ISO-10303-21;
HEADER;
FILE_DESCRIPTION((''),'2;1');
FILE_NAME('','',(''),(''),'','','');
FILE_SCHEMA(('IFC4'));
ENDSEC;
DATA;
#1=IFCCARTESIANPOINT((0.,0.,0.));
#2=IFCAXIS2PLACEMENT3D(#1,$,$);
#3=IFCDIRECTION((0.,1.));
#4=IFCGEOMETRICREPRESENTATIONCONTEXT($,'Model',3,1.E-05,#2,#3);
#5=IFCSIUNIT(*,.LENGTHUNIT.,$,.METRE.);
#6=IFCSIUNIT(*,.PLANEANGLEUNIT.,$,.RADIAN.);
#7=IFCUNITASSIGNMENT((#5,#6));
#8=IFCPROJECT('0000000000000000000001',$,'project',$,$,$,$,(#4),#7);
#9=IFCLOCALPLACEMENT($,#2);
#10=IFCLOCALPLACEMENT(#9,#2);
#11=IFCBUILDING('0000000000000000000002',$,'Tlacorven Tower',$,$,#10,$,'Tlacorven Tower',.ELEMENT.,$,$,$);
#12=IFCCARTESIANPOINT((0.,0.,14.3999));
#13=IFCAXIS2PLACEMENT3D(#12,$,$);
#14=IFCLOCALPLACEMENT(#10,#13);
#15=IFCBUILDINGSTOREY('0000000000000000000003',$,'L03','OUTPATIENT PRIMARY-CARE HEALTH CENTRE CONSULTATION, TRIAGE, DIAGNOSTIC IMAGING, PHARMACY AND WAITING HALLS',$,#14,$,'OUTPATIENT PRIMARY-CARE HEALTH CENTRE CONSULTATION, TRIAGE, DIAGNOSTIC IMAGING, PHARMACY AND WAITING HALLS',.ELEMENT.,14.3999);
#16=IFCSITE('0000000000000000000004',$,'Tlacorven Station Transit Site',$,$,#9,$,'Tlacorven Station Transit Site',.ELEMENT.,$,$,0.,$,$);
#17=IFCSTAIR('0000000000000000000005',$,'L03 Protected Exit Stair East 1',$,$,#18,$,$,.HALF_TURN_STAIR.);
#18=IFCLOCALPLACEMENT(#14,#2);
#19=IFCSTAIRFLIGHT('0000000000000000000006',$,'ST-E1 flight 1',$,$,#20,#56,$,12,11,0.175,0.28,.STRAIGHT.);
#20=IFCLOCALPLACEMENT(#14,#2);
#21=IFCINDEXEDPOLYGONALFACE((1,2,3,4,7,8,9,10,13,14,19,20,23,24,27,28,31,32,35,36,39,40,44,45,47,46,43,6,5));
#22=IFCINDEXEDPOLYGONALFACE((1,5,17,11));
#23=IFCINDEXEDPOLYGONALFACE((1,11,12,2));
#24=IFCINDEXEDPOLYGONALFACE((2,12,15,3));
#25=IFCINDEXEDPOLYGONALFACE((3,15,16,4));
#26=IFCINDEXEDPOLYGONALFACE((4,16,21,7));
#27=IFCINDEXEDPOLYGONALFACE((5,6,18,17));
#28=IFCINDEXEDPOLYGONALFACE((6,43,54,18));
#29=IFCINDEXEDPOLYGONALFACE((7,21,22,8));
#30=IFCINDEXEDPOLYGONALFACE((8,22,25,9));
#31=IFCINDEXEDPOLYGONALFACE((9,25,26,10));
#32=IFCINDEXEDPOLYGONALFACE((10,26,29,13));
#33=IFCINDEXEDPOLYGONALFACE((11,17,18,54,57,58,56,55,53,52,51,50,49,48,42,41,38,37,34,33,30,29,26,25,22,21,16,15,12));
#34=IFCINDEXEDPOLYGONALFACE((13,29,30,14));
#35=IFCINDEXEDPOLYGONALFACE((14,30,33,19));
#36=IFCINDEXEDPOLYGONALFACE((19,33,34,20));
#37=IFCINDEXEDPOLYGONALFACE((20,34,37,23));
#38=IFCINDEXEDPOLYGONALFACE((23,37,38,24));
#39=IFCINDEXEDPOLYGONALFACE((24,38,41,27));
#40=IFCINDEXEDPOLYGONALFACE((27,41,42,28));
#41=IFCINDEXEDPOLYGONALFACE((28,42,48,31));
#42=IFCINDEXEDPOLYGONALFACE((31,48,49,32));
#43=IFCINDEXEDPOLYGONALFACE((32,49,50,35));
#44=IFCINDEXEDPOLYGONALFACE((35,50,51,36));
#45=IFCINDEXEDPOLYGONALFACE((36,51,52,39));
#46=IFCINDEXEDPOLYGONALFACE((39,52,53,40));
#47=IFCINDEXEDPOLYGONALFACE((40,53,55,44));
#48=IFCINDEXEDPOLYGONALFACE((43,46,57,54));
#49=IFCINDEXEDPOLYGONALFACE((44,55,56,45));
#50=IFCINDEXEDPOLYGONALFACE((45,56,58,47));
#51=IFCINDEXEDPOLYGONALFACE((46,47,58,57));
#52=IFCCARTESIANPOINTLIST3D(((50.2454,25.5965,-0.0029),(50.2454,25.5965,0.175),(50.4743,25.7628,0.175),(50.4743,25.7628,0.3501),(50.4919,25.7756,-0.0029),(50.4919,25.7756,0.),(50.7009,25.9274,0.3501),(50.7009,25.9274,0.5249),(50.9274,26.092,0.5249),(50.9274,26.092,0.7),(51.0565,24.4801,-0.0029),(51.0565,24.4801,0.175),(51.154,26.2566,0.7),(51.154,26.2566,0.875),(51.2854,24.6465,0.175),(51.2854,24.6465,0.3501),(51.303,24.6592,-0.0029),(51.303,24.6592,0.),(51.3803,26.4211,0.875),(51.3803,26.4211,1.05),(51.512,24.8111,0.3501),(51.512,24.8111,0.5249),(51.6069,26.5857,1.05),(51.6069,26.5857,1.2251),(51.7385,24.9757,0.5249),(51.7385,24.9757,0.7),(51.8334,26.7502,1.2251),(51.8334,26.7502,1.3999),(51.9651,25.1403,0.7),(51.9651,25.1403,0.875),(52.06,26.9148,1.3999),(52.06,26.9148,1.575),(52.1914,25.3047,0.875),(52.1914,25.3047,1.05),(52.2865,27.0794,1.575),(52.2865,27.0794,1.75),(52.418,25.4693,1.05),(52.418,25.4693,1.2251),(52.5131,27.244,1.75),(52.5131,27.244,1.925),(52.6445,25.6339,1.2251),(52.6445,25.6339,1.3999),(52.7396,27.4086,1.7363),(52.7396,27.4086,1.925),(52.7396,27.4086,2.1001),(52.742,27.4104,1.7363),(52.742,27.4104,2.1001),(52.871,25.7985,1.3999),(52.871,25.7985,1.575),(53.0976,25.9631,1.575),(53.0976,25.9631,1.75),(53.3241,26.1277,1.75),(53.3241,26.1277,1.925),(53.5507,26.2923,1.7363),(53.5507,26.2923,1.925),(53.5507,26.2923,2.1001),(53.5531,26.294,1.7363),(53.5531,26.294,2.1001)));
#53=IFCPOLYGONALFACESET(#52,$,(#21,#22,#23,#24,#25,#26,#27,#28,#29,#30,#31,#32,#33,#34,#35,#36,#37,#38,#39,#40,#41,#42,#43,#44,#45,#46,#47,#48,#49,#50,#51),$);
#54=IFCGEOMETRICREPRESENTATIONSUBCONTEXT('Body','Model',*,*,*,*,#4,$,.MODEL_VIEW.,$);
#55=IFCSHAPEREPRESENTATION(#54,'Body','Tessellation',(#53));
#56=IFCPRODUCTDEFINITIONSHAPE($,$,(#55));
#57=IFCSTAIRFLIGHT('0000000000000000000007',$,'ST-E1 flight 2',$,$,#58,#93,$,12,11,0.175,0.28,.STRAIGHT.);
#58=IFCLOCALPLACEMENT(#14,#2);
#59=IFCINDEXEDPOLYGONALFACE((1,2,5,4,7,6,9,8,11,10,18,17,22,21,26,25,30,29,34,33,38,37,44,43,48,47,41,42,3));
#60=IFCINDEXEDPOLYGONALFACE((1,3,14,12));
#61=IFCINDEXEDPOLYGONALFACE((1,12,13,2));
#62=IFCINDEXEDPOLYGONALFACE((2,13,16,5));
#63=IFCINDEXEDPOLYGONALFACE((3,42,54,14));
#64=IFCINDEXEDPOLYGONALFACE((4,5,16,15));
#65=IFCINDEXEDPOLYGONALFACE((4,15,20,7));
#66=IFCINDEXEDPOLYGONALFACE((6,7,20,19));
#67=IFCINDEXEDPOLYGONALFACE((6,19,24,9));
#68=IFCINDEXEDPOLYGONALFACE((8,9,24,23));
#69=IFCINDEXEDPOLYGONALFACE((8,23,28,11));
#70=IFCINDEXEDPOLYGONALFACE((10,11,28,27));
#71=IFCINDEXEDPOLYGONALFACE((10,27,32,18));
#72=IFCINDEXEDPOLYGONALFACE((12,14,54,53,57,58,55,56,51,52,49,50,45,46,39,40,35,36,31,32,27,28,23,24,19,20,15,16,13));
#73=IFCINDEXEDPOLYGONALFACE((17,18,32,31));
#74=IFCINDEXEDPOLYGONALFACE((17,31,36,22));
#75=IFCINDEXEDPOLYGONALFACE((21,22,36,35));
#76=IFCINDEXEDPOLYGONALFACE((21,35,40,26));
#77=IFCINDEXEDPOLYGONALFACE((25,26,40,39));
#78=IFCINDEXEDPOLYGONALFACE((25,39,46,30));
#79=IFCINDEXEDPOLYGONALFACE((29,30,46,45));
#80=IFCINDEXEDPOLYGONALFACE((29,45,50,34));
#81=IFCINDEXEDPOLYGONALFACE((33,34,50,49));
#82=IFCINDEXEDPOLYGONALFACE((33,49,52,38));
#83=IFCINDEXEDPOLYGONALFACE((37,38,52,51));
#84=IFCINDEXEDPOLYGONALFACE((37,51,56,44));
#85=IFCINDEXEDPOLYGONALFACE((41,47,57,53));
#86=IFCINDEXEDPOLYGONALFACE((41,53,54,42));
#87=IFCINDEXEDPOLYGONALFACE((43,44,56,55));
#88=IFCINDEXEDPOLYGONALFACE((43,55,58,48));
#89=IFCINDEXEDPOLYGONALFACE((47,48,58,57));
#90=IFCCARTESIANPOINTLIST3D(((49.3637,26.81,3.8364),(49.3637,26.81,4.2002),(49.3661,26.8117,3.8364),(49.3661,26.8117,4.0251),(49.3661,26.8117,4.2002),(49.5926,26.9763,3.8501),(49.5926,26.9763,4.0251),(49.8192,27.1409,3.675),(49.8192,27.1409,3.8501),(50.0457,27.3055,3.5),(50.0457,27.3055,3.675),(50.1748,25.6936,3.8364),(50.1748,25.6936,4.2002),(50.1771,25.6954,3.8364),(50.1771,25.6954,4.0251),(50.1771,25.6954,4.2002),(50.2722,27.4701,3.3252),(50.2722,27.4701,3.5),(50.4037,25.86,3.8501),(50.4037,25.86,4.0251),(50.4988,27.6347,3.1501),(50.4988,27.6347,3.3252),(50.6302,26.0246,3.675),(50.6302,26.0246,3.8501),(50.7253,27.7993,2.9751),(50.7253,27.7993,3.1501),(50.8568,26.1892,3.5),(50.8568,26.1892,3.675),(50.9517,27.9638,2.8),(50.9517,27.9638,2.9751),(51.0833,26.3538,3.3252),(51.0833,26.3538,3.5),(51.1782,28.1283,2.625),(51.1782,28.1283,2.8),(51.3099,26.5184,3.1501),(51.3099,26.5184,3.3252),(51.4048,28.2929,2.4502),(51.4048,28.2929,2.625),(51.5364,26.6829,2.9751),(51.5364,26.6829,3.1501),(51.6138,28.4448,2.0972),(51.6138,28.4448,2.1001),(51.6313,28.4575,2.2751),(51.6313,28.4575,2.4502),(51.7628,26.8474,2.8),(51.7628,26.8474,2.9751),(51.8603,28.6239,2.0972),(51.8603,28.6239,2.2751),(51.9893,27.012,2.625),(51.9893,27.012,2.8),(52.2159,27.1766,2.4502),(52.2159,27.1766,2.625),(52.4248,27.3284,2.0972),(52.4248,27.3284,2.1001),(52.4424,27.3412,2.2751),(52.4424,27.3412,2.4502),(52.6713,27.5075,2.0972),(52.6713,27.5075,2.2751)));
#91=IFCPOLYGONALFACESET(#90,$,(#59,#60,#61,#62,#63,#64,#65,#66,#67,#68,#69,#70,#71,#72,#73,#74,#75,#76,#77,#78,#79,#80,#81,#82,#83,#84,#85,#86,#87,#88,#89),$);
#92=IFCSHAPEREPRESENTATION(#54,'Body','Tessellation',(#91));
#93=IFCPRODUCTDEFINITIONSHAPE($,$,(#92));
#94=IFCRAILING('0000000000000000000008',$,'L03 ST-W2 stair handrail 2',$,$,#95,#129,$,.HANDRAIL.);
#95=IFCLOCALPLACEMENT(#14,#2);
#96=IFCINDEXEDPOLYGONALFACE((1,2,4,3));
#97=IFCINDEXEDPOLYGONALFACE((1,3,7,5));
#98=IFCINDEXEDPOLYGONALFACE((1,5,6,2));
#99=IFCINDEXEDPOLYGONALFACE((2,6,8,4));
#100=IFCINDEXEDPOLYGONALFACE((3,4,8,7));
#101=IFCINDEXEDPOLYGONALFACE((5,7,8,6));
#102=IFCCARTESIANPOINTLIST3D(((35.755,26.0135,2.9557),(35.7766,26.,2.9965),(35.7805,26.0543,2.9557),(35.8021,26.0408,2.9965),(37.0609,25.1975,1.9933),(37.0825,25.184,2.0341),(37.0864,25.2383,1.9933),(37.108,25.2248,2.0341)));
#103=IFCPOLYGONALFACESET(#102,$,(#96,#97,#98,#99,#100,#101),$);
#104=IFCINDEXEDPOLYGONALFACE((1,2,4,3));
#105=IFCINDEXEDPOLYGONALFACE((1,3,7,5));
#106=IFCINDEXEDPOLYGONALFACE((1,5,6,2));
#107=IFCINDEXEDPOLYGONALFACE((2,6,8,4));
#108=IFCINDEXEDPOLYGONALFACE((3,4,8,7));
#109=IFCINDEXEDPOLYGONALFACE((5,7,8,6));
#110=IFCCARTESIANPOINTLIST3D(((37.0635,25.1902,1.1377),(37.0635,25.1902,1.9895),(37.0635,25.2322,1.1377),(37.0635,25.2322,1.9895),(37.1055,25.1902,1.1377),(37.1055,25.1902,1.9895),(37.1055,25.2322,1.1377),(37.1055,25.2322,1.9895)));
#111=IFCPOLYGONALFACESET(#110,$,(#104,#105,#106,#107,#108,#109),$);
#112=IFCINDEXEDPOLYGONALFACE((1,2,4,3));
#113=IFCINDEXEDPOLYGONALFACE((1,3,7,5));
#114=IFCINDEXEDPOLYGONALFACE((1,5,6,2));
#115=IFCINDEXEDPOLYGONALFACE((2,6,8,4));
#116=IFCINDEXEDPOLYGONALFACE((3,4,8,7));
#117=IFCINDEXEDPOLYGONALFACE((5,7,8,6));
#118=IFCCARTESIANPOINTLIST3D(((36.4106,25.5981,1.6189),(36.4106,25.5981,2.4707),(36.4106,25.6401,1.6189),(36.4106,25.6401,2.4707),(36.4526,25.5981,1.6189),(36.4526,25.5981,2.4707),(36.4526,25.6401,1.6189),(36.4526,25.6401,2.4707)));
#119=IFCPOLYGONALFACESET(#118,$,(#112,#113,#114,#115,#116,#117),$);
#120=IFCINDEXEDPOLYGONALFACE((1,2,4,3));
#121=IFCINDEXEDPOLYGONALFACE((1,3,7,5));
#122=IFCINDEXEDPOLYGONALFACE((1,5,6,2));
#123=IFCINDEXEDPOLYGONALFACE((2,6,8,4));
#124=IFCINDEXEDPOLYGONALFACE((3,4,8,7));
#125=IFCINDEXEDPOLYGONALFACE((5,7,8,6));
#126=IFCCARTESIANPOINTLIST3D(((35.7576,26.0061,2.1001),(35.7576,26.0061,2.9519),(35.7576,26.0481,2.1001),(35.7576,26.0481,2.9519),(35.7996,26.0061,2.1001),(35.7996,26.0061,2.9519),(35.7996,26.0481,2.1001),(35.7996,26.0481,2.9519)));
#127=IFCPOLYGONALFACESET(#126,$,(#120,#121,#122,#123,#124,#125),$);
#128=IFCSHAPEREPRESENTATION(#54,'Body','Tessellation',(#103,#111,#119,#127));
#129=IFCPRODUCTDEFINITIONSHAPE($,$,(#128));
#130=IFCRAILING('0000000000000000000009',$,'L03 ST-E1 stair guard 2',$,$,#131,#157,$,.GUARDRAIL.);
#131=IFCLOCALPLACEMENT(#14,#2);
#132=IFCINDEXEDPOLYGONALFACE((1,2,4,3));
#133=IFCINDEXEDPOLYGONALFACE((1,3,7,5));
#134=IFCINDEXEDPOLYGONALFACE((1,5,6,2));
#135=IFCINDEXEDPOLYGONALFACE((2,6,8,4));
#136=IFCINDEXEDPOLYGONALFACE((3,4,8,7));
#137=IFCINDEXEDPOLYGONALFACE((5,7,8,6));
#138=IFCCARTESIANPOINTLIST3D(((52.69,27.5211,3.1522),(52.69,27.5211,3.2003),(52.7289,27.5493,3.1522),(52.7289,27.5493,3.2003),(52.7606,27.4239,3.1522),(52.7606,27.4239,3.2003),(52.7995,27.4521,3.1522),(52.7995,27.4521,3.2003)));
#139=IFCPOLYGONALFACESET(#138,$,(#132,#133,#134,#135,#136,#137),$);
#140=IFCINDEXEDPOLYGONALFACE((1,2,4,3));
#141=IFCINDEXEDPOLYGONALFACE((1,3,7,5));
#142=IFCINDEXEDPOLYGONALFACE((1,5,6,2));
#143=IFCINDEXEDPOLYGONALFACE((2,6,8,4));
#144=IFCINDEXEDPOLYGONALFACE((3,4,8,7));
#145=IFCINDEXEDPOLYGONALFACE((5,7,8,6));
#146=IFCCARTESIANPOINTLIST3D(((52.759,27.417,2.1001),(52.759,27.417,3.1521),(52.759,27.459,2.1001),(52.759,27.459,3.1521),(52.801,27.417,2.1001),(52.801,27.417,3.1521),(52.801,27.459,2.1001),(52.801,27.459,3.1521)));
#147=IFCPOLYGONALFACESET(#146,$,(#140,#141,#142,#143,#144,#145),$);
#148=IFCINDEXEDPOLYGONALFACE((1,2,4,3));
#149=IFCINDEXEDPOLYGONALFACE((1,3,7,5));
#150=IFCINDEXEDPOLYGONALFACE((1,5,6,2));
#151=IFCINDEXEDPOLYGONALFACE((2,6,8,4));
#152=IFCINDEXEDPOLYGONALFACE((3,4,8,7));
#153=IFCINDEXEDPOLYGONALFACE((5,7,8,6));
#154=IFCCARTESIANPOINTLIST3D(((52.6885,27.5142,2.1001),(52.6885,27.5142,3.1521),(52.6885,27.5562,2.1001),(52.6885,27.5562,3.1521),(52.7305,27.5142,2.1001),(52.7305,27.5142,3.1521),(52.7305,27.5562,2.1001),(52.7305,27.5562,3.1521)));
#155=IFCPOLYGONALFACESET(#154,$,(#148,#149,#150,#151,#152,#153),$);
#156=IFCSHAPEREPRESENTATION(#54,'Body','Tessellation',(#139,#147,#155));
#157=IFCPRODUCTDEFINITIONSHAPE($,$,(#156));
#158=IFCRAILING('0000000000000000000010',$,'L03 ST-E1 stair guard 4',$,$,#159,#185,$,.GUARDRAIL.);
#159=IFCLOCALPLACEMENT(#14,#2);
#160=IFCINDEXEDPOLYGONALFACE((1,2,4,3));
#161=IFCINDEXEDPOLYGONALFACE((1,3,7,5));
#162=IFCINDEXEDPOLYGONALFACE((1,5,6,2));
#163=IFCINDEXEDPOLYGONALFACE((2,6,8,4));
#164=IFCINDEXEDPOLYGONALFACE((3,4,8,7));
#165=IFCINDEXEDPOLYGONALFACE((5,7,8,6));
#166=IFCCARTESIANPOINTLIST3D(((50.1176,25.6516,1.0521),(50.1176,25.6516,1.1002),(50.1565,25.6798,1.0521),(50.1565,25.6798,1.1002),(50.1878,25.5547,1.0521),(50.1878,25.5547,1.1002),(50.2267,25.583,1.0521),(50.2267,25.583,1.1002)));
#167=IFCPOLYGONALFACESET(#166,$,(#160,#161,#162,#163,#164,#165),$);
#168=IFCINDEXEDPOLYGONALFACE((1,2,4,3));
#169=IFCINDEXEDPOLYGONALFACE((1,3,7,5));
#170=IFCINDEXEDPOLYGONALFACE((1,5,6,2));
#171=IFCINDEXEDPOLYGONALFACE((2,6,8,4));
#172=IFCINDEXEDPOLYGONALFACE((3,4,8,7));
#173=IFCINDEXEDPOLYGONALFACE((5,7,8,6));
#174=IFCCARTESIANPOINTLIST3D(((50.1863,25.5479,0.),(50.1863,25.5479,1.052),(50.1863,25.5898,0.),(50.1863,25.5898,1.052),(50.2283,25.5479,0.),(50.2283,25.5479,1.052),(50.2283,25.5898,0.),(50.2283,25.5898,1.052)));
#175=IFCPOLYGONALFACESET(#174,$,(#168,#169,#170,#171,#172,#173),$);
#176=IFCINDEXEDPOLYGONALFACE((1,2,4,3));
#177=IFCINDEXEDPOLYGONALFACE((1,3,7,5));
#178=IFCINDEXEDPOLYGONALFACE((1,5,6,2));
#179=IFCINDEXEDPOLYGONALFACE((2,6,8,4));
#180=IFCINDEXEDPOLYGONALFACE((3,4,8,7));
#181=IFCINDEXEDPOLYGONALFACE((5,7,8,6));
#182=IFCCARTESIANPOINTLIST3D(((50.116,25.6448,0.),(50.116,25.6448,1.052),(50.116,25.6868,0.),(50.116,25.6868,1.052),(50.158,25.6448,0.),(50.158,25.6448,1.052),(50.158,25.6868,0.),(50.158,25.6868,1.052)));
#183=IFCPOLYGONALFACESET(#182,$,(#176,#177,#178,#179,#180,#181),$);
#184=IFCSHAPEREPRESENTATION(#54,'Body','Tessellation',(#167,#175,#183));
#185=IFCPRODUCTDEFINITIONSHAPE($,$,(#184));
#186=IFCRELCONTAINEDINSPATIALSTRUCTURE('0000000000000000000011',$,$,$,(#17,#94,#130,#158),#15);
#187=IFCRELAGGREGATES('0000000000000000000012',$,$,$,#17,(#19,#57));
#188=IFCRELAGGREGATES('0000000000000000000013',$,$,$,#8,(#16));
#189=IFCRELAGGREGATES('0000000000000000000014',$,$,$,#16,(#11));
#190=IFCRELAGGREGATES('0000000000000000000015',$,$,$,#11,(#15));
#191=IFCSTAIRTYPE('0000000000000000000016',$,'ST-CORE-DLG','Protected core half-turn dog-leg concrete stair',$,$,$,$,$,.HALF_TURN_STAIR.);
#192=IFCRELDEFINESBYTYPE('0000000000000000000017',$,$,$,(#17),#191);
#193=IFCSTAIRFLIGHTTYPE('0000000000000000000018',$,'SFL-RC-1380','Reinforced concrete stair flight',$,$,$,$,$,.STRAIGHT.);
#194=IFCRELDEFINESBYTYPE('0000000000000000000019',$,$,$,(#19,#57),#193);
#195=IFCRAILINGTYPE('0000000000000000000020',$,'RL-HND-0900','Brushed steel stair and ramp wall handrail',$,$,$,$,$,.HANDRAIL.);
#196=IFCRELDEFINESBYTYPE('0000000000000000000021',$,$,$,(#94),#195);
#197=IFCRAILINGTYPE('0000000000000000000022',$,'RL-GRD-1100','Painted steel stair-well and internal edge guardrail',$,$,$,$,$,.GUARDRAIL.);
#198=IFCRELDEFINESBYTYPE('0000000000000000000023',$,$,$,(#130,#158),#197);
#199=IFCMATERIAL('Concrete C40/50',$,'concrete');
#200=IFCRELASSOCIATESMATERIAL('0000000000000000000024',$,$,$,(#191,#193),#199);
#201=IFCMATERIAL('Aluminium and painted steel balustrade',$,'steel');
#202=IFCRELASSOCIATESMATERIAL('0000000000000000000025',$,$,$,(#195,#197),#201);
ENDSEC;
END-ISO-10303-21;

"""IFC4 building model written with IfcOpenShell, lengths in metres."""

from ifc_helpers import new_model, si_unit, direction, frame, origin, origin_2d, place, context, subcontext, project, spatial, polyline, rectangle, outline, extrude, source, transform, mapped, material, type_object, element, aggregate, save


model = new_model("IFC4")

# Units and contexts
model_context = context("Model", 3, precision=1e-05, world=origin(), true_north=direction((0.0, 1.0)))
body_context = subcontext(model_context, "Body", "Model", "MODEL_VIEW")
ifc_project = project(units=[si_unit("LENGTHUNIT", "METRE"), si_unit("PLANEANGLEUNIT", "RADIAN")], contexts=[model_context])

# Site, building, storey
site_placement = place(None, origin())
site = spatial("IfcSite", under=ifc_project, at=site_placement, Name="Tlacorven Station Transit Site", LongName="Tlacorven Station Transit Site", CompositionType="ELEMENT", RefElevation=0.0)
building_placement = place(site_placement, origin())
building = spatial("IfcBuilding", under=site, at=building_placement, Name="Tlacorven Tower", LongName="Tlacorven Tower", CompositionType="ELEMENT")
storey_placement = place(building_placement, frame((0.0, 0.0, 14.3999)))
storey = spatial("IfcBuildingStorey", under=building, at=storey_placement, Name="L03", Description="OUTPATIENT PRIMARY-CARE HEALTH CENTRE CONSULTATION, TRIAGE, DIAGNOSTIC IMAGING, PHARMACY AND WAITING HALLS", LongName="OUTPATIENT PRIMARY-CARE HEALTH CENTRE CONSULTATION, TRIAGE, DIAGNOSTIC IMAGING, PHARMACY AND WAITING HALLS", CompositionType="ELEMENT", Elevation=14.3999)

# Stair, stair flights
ifc_material_1 = material(Name="Concrete C40/50", Category="concrete")
stair_type = type_object("IfcStairType", Name="ST-CORE-DLG", Description="Protected core half-turn dog-leg concrete stair", PredefinedType="HALF_TURN_STAIR", material=ifc_material_1)
stair_placement = place(storey_placement, origin())
stair = element("IfcStair", 1, at=stair_placement, inside=storey, type_object=stair_type, Name="L03 Protected Exit Stair East 1", PredefinedType="HALF_TURN_STAIR")
stair_flight_type = type_object("IfcStairFlightType", Name="SFL-RC-1380", Description="Reinforced concrete stair flight", PredefinedType="STRAIGHT", material=ifc_material_1)
shared_shape_1 = source(origin(), body_context, "Body", "SweptSolid", [
    extrude(outline(polyline([(-0.0029, -0.0029), (-0.0029, 0.175), (0.28, 0.175), (0.28, 0.3501), (0.5601, 0.3501), (0.5601, 0.5249), (0.8401, 0.5249), (0.8401, 0.7), (1.1201, 0.7), (1.1201, 0.875), (1.3999, 0.875), (1.3999, 1.05), (1.6799, 1.05), (1.6799, 1.2251), (1.96, 1.2251), (1.96, 1.3999), (2.24, 1.3999), (2.24, 1.575), (2.52, 1.575), (2.52, 1.75), (2.8, 1.75), (2.8, 1.925), (3.0801, 1.925), (3.0801, 2.1001), (3.083, 2.1001), (3.083, 1.7363), (3.0801, 1.7363), (0.3018, 0.0), (0.3018, -0.0029), (-0.0029, -0.0029)])), frame((0.0, 0.6899, 0.0), z_axis=(0.0, -1.0, 0.0), x_axis=(1.0, 0.0, 0.0)), (0.0, 0.0, 1.0), 1.3799),
])
stair_flight_1_placement = place(storey_placement, frame((50.6533, 25.04, 0.0), z_axis=(0.0, 0.0, 1.0), x_axis=(0.809017, 0.587785, 0.0)))
stair_flight_1 = element("IfcStairFlight", 2, at=stair_flight_1_placement, type_object=stair_flight_type, Name="ST-E1 flight 1", NumberOfRisers=12, NumberOfTreads=11, PredefinedType="STRAIGHT", RiserHeight=0.175, TreadLength=0.28, context=body_context, shape_type="MappedRepresentation", body=[
    mapped(shared_shape_1, transform((0.0, 0.0, 0.0), scale=1.0)),
])
stair_flight_2_placement = place(storey_placement, frame((52.2634, 28.064, 2.1001), z_axis=(0.0, 0.0, 1.0), x_axis=(-0.809017, -0.587785, 0.0)))
stair_flight_2 = element("IfcStairFlight", 3, at=stair_flight_2_placement, type_object=stair_flight_type, Name="ST-E1 flight 2", NumberOfRisers=12, NumberOfTreads=11, PredefinedType="STRAIGHT", RiserHeight=0.175, TreadLength=0.28, context=body_context, shape_type="MappedRepresentation", body=[
    mapped(shared_shape_1, transform((0.0, 0.0, 0.0), scale=1.0)),
])
aggregate(stair, [stair_flight_1, stair_flight_2])

# Railings
ifc_material_2 = material(Name="Aluminium and painted steel balustrade", Category="steel")
railing_type_1 = type_object("IfcRailingType", Name="RL-HND-0900", Description="Brushed steel stair and ramp wall handrail", PredefinedType="HANDRAIL", material=ifc_material_2)
shared_shape_2 = source(origin(), body_context, "Body", "SweptSolid", [
    extrude(rectangle(XDim=0.0481, YDim=0.0481, at=origin_2d()), frame((0.0, 0.0, 0.876), z_axis=(-0.719169, 0.449329, 0.529999), x_axis=(-0.529871, -0.848078, 0.0)), (0.0, 0.0, 1.0), 1.8159),
    extrude(rectangle(XDim=0.042, YDim=0.042, at=origin_2d()), origin(), (0.0, 0.0, 1.0), 0.8518),
    extrude(rectangle(XDim=0.042, YDim=0.042, at=origin_2d()), frame((-0.6528, 0.408, 0.4812)), (0.0, 0.0, 1.0), 0.8518),
    extrude(rectangle(XDim=0.042, YDim=0.042, at=origin_2d()), frame((-1.3059, 0.8159, 0.9624)), (0.0, 0.0, 1.0), 0.8518),
])
railing_1_placement = place(storey_placement, frame((37.0845, 25.2112, 1.1377)))
element("IfcRailing", 4, at=railing_1_placement, inside=storey, type_object=railing_type_1, Name="L03 ST-W2 stair handrail 2", PredefinedType="HANDRAIL", context=body_context, shape_type="MappedRepresentation", body=[
    mapped(shared_shape_2, transform((0.0, 0.0, 0.0), scale=1.0)),
])
railing_type_2 = type_object("IfcRailingType", Name="RL-GRD-1100", Description="Painted steel stair-well and internal edge guardrail", PredefinedType="GUARDRAIL", material=ifc_material_2)
shared_shape_3 = source(origin(), body_context, "Body", "SweptSolid", [
    extrude(rectangle(XDim=0.0481, YDim=0.0481, at=origin_2d()), frame((0.0, 0.0, 1.0762), z_axis=(-0.587567, 0.809175, 0.0), x_axis=(-0.809175, -0.587567, 0.0)), (0.0, 0.0, 1.0), 0.1201),
    extrude(rectangle(XDim=0.042, YDim=0.042, at=origin_2d()), origin(), (0.0, 0.0, 1.0), 1.052),
    extrude(rectangle(XDim=0.042, YDim=0.042, at=origin_2d()), frame((-0.0706, 0.0972, 0.0)), (0.0, 0.0, 1.0), 1.052),
])
railing_2_placement = place(storey_placement, frame((52.78, 27.438, 2.1001)))
element("IfcRailing", 5, at=railing_2_placement, inside=storey, type_object=railing_type_2, Name="L03 ST-E1 stair guard 2", PredefinedType="GUARDRAIL", context=body_context, shape_type="MappedRepresentation", body=[
    mapped(shared_shape_3, transform((0.0, 0.0, 0.0), scale=1.0)),
])
shared_shape_4 = source(origin(), body_context, "Body", "SweptSolid", [
    extrude(rectangle(XDim=0.0481, YDim=0.0481, at=origin_2d()), frame((0.0, 0.0, 1.0762), z_axis=(-0.587201, 0.809441, 0.0), x_axis=(-0.809441, -0.587201, 0.0)), (0.0, 0.0, 1.0), 0.1196),
    extrude(rectangle(XDim=0.042, YDim=0.042, at=origin_2d()), origin(), (0.0, 0.0, 1.0), 1.052),
    extrude(rectangle(XDim=0.042, YDim=0.042, at=origin_2d()), frame((-0.0703, 0.0969, 0.0)), (0.0, 0.0, 1.0), 1.052),
])
railing_3_placement = place(storey_placement, frame((50.2073, 25.5688, 0.0)))
element("IfcRailing", 6, at=railing_3_placement, inside=storey, type_object=railing_type_2, Name="L03 ST-E1 stair guard 4", PredefinedType="GUARDRAIL", context=body_context, shape_type="MappedRepresentation", body=[
    mapped(shared_shape_4, transform((0.0, 0.0, 0.0), scale=1.0)),
])

save(model, "model.ifc")
